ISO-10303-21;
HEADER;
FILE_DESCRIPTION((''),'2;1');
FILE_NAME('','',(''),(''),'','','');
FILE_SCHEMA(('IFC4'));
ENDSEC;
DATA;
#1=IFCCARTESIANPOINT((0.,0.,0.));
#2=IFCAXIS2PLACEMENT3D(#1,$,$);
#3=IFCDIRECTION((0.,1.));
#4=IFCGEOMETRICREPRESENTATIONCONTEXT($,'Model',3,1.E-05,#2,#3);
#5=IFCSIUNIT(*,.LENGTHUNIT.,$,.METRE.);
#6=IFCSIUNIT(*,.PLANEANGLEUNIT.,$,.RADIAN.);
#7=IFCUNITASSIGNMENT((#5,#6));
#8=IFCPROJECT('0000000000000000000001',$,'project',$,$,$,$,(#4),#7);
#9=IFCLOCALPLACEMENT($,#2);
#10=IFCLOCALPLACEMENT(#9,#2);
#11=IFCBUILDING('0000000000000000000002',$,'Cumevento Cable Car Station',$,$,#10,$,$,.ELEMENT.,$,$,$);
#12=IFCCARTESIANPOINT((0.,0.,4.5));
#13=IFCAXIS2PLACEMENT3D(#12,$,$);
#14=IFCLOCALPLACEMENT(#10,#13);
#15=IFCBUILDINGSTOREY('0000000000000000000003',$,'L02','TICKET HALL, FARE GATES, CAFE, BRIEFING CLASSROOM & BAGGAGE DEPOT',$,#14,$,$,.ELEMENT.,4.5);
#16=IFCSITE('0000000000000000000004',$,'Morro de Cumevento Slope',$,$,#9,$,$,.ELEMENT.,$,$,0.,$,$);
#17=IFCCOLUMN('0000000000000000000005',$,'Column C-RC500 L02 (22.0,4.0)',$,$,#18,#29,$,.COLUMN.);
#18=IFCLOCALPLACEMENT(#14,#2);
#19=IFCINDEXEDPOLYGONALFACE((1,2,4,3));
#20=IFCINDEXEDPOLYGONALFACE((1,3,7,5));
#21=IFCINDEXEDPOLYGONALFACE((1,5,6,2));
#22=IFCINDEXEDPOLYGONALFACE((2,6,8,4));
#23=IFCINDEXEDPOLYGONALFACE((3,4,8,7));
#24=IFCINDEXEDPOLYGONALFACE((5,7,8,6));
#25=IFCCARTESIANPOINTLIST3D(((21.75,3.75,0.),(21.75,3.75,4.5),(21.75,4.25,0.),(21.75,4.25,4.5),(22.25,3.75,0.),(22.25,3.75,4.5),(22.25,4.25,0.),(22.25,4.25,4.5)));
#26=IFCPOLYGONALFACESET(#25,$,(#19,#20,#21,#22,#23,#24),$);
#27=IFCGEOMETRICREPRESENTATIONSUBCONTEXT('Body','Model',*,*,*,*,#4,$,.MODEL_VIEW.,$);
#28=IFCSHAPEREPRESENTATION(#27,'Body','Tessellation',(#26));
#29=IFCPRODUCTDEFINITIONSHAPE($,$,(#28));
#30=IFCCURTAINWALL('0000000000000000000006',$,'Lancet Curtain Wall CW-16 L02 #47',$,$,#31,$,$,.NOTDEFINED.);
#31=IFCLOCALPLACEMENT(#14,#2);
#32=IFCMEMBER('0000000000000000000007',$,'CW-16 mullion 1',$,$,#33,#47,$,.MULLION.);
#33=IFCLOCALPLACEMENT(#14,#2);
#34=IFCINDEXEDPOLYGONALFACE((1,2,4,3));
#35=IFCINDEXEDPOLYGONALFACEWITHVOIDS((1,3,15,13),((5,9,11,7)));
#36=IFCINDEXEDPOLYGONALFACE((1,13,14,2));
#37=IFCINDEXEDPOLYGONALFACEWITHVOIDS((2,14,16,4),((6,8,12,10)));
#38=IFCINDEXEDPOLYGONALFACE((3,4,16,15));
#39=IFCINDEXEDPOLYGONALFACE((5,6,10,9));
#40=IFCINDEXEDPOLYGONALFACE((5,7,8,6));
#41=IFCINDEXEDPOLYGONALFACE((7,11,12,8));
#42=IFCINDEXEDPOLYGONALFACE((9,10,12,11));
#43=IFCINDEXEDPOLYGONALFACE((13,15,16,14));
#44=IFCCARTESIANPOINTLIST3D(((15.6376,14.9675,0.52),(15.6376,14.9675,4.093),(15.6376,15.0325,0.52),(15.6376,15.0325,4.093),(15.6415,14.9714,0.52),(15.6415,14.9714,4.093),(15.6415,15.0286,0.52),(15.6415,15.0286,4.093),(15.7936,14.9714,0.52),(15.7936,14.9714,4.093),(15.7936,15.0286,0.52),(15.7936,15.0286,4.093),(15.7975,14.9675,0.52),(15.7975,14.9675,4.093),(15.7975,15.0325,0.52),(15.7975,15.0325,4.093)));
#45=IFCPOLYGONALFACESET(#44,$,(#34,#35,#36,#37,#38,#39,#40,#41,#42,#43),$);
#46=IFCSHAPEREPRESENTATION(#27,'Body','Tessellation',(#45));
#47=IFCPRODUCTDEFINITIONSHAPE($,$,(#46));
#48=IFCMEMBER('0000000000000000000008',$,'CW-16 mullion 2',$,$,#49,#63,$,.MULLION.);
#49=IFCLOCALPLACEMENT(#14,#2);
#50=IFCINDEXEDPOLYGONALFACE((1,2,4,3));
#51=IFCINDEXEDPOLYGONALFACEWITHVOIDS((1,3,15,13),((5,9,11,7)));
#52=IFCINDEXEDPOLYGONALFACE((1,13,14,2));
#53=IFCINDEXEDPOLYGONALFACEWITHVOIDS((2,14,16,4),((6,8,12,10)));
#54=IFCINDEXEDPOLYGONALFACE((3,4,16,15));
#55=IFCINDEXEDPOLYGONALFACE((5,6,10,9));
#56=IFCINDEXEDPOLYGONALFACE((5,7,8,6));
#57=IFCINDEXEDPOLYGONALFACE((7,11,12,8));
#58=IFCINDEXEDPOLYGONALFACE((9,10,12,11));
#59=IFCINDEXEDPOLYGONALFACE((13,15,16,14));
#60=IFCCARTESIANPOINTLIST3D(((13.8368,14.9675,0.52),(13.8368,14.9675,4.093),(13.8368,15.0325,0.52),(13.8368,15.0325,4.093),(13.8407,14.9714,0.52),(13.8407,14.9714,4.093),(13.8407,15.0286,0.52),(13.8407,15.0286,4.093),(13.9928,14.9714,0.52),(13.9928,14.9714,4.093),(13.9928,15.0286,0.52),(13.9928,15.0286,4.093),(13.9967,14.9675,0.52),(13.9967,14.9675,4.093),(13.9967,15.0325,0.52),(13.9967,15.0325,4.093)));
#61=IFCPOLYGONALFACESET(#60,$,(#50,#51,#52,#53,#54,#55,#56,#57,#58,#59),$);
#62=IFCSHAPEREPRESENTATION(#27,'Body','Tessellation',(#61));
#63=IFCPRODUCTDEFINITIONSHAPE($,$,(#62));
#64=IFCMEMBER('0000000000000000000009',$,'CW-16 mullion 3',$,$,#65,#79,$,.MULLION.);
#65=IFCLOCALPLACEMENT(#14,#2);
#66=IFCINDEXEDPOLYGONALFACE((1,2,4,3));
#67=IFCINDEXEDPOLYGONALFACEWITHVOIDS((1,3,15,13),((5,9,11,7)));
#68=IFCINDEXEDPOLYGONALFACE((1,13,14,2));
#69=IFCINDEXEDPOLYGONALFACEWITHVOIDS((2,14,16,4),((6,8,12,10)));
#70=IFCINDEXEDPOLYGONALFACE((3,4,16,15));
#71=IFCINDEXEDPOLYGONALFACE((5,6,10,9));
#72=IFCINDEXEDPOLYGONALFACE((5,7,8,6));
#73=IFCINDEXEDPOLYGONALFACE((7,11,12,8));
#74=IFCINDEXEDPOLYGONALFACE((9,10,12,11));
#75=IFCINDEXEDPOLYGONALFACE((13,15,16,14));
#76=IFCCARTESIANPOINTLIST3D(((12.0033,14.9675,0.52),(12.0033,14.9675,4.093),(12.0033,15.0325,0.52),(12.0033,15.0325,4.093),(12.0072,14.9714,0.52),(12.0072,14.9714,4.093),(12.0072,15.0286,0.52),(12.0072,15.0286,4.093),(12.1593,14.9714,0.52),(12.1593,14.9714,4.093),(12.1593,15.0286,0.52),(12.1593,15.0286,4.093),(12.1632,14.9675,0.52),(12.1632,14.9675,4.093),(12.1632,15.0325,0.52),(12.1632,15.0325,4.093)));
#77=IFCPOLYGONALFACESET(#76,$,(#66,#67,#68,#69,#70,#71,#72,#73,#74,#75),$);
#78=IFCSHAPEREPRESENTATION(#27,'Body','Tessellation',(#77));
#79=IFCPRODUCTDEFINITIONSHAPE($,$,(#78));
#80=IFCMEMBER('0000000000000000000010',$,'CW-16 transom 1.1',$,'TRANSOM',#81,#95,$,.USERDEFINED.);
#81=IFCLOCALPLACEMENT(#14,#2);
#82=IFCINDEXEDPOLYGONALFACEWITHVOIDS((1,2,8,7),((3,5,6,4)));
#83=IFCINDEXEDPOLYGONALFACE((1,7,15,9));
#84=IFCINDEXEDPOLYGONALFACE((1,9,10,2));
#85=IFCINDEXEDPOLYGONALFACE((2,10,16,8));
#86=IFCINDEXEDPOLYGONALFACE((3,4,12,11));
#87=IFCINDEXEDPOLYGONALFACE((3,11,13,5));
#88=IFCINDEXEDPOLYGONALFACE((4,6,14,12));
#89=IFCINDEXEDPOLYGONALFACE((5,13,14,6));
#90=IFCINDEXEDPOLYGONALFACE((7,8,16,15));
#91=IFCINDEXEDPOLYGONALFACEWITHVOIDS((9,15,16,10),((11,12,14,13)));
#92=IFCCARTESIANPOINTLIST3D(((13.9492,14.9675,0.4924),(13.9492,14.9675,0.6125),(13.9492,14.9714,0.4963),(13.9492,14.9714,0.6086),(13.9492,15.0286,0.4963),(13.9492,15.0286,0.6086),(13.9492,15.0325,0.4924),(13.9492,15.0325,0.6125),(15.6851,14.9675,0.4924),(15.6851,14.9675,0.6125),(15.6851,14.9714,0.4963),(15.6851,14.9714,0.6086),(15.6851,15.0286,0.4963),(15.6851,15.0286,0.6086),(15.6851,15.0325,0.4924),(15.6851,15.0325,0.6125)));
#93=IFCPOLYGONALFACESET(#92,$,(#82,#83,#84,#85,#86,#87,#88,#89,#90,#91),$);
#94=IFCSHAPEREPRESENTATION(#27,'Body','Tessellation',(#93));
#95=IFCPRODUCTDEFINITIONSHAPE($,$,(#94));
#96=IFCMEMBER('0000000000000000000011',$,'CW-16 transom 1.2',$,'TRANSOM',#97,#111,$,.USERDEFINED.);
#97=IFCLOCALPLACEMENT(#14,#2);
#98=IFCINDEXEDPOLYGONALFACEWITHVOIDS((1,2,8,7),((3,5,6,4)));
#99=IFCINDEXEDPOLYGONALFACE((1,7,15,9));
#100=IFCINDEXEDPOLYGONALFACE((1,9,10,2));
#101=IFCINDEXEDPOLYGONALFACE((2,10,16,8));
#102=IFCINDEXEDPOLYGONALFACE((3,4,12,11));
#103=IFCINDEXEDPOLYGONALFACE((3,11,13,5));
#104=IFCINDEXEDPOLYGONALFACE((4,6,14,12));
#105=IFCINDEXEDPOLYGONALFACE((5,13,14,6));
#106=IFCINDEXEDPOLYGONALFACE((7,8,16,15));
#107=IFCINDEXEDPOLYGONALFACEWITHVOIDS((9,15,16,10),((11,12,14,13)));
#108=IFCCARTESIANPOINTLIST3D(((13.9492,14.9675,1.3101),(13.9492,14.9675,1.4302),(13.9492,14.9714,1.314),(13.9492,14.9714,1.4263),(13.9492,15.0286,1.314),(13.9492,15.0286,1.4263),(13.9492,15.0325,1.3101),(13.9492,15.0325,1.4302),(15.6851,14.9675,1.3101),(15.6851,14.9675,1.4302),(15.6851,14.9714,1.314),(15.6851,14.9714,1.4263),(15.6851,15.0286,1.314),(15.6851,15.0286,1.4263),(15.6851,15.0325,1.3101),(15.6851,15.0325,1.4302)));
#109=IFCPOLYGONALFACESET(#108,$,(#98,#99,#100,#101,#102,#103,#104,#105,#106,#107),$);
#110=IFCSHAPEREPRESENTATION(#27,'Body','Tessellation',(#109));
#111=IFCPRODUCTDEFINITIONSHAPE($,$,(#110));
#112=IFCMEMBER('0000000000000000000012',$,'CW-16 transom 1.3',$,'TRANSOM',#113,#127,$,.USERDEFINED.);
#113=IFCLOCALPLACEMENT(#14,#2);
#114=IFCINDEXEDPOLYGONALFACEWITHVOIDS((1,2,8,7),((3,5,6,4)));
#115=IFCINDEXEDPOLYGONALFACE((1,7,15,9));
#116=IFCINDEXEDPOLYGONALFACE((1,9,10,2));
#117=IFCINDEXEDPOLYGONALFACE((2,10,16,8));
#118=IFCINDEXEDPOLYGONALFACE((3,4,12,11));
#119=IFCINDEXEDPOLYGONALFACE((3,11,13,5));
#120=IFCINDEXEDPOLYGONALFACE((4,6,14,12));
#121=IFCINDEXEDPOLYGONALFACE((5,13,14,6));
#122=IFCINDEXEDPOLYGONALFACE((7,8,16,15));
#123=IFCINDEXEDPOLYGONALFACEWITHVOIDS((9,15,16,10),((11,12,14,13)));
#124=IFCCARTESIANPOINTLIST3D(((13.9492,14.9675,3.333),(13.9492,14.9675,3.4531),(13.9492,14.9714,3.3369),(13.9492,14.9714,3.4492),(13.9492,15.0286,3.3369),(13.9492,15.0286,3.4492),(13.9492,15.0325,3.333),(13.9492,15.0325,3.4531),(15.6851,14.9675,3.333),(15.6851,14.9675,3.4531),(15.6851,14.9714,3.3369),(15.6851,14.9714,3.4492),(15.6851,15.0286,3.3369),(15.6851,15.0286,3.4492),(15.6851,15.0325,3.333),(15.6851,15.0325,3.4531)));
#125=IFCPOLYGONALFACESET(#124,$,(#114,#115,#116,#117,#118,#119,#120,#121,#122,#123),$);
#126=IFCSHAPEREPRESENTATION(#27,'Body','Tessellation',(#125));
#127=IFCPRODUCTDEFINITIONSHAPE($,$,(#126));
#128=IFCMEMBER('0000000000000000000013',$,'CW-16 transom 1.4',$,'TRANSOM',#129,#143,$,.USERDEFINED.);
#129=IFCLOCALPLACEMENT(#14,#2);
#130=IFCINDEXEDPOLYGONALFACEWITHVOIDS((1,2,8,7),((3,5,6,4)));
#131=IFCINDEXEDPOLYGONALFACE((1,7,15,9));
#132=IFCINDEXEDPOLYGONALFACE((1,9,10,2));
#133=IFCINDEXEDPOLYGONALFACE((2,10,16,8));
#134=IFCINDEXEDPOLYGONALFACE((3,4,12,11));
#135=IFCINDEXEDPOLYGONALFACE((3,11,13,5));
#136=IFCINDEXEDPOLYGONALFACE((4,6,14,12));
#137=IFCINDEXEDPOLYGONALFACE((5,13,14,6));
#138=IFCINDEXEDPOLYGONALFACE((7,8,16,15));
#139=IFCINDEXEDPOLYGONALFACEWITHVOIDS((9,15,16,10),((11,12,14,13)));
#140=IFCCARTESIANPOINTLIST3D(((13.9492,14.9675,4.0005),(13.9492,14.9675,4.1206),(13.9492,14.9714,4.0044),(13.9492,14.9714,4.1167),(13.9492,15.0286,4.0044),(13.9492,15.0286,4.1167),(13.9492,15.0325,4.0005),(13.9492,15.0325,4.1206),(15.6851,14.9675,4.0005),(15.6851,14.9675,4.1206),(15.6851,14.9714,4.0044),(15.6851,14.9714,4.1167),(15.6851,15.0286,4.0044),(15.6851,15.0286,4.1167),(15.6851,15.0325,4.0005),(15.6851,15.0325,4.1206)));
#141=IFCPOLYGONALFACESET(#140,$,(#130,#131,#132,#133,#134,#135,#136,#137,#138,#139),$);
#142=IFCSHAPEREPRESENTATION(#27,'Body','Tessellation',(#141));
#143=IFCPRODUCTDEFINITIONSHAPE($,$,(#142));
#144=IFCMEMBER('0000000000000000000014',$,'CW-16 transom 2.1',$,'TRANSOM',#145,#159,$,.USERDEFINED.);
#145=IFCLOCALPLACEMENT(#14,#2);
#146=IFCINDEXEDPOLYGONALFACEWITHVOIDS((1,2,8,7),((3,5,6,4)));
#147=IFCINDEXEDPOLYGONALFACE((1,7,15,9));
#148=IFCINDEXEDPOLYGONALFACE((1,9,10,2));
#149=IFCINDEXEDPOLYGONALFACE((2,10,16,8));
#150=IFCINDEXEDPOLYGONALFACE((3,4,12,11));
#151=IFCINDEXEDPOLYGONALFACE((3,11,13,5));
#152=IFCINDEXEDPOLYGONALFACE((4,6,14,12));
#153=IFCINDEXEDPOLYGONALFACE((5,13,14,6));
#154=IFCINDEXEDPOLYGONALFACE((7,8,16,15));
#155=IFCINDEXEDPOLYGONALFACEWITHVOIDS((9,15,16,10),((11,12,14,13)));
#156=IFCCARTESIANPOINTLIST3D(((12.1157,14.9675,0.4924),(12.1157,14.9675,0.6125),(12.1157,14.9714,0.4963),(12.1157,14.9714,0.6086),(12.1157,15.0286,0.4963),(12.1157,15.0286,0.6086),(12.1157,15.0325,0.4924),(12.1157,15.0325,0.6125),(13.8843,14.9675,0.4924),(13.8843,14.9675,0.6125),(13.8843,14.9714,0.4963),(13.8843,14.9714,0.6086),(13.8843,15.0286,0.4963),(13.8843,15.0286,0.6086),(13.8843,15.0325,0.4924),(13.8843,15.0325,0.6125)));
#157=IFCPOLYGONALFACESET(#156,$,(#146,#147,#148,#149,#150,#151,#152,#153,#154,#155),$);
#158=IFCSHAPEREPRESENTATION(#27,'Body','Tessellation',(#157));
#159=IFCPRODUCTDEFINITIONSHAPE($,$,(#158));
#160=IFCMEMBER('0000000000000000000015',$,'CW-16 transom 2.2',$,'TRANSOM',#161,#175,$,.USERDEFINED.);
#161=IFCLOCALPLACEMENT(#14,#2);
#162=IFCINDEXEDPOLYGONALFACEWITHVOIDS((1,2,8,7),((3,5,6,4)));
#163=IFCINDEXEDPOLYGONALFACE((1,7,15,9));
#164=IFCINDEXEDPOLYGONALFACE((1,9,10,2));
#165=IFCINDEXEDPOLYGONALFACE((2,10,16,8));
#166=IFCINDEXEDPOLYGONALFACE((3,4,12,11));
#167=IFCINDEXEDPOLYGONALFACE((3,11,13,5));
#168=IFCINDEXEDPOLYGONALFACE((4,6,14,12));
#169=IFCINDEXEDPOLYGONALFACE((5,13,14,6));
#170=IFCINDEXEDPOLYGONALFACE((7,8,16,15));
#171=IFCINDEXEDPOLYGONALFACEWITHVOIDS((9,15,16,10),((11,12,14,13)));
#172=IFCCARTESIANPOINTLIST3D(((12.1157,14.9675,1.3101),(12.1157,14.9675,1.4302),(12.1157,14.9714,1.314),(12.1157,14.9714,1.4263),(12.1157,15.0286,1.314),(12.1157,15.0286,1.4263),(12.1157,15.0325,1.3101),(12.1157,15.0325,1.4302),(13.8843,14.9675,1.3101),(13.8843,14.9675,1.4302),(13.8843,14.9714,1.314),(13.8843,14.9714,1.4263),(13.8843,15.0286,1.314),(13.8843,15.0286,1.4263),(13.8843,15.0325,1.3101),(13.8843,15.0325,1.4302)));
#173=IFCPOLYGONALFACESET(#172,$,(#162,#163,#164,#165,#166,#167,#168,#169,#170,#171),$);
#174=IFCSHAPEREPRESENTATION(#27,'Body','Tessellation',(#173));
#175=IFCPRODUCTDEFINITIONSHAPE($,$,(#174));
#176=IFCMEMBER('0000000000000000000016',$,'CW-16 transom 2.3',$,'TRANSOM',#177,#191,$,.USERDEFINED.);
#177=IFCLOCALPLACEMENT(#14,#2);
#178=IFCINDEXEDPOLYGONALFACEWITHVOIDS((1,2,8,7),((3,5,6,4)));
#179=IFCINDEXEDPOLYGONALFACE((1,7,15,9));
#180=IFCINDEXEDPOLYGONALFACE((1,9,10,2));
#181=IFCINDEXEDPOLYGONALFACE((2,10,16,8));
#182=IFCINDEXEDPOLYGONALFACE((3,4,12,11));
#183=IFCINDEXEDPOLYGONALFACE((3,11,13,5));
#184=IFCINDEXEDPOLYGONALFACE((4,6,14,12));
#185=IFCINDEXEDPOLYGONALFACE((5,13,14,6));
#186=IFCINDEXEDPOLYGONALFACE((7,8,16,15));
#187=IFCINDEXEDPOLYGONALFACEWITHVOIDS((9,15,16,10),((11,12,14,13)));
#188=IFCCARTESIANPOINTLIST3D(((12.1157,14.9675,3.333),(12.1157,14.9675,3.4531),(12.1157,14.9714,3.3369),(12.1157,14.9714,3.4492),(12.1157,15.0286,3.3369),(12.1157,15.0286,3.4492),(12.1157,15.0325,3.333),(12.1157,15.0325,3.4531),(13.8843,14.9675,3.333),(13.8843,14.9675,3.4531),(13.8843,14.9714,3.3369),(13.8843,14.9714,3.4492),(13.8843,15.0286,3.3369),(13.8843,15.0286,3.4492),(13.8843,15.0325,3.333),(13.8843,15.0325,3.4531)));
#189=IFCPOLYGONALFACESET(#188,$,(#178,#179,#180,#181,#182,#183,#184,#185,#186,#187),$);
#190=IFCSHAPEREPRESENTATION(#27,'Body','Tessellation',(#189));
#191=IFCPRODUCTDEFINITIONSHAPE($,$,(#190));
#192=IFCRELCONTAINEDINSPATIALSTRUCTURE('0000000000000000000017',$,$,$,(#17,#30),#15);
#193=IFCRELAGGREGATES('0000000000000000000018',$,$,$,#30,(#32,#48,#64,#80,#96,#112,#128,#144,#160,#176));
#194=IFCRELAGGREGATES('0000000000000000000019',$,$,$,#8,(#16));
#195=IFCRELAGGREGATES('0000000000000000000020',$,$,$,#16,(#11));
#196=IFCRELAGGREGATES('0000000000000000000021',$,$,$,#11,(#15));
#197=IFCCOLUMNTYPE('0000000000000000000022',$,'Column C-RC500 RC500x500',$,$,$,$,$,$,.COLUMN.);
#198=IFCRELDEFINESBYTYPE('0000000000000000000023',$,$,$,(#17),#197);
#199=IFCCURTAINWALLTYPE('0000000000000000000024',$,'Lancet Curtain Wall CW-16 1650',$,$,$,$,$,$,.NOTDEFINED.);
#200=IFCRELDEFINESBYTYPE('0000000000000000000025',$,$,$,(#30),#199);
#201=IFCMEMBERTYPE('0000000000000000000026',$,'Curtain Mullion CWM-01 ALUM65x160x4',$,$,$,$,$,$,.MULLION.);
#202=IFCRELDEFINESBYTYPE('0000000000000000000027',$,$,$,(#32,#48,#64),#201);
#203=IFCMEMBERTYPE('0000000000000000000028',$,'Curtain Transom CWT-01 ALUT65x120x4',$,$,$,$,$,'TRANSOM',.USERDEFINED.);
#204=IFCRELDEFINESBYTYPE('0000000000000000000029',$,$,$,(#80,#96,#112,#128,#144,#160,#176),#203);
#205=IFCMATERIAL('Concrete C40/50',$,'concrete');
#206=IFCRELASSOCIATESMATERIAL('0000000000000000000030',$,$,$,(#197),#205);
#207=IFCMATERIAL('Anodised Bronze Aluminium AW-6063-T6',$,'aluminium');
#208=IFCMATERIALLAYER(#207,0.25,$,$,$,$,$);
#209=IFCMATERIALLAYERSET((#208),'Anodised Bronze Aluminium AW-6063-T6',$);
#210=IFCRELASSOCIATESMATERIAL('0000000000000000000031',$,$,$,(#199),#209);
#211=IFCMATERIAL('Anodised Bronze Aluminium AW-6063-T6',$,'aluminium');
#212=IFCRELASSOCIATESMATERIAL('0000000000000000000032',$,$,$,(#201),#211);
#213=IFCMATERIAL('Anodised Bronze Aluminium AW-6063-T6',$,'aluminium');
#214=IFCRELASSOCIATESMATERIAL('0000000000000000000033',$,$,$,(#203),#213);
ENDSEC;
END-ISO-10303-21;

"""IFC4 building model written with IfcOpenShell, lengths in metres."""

from ifc_helpers import new_model, si_unit, direction, frame, origin, origin_2d, place, context, subcontext, project, spatial, rectangle, hollow_rectangle, extrude, material, layer, layer_set, material_profile, profile_set, type_object, element, aggregate, save


model = new_model("IFC4")

# Units and contexts
model_context = context("Model", 3, precision=1e-05, world=origin(), true_north=direction((0.0, 1.0)))
body_context = subcontext(model_context, "Body", "Model", "MODEL_VIEW")
ifc_project = project(units=[si_unit("LENGTHUNIT", "METRE"), si_unit("PLANEANGLEUNIT", "RADIAN")], contexts=[model_context])

# Site, building, storey
site_placement = place(None, origin())
site = spatial("IfcSite", under=ifc_project, at=site_placement, Name="Morro de Cumevento Slope", CompositionType="ELEMENT", RefElevation=0.0)
building_placement = place(site_placement, origin())
building = spatial("IfcBuilding", under=site, at=building_placement, Name="Cumevento Cable Car Station", CompositionType="ELEMENT")
storey_placement = place(building_placement, frame((0.0, 0.0, 4.5)))
storey = spatial("IfcBuildingStorey", under=building, at=storey_placement, Name="L02", Description="TICKET HALL, FARE GATES, CAFE, BRIEFING CLASSROOM & BAGGAGE DEPOT", CompositionType="ELEMENT", Elevation=4.5)

# Column
ifc_material_1 = material(Name="Concrete C40/50", Category="concrete")
ifc_material_profile_1 = material_profile(ifc_material_1, rectangle(XDim=0.5, YDim=0.5, at=origin_2d()), Name="RC500x500")
ifc_profile_set_1 = profile_set([ifc_material_profile_1], Name="Concrete C40/50")
column_type = type_object("IfcColumnType", Name="Column C-RC500 RC500x500", PredefinedType="COLUMN", material=ifc_profile_set_1)
column_placement = place(storey_placement, frame((22.0, 4.0, 0.0), z_axis=(0.0, 0.0, 1.0), x_axis=(1.0, 0.0, 0.0)))
element("IfcColumn", 1, at=column_placement, inside=storey, type_object=column_type, Name="Column C-RC500 L02 (22.0,4.0)", PredefinedType="COLUMN", context=body_context, shape_type="SweptSolid", body=[
    extrude(rectangle(XDim=0.5, YDim=0.5, at=origin_2d()), origin(), (0.0, 0.0, 1.0), 4.5),
])

# Curtain wall, members
ifc_material_2 = material(Name="Anodised Bronze Aluminium AW-6063-T6", Category="aluminium")
ifc_layer_1 = layer(ifc_material_2, 0.25)
ifc_layer_set_1 = layer_set([ifc_layer_1], Name="Anodised Bronze Aluminium AW-6063-T6")
curtain_wall_type = type_object("IfcCurtainWallType", Name="Lancet Curtain Wall CW-16 1650", PredefinedType="NOTDEFINED", material=ifc_layer_set_1)
curtain_wall_placement = place(storey_placement, origin())
curtain_wall = element("IfcCurtainWall", 2, at=curtain_wall_placement, inside=storey, type_object=curtain_wall_type, Name="Lancet Curtain Wall CW-16 L02 #47", PredefinedType="NOTDEFINED")
ifc_material_3 = material(Name="Anodised Bronze Aluminium AW-6063-T6", Category="aluminium")
ifc_material_profile_2 = material_profile(ifc_material_3, hollow_rectangle(XDim=0.0649, YDim=0.1599, WallThickness=0.0039, at=origin_2d()), Name="ALUM65x160x4")
ifc_profile_set_2 = profile_set([ifc_material_profile_2], Name="Anodised Bronze Aluminium AW-6063-T6")
member_type_1 = type_object("IfcMemberType", Name="Curtain Mullion CWM-01 ALUM65x160x4", PredefinedType="MULLION", material=ifc_profile_set_2)
member_1_placement = place(storey_placement, frame((15.7175, 15.0, 0.52), z_axis=(0.0, 0.0, 1.0), x_axis=(0.0, -1.0, 0.0)))
member_1 = element("IfcMember", 3, at=member_1_placement, type_object=member_type_1, Name="CW-16 mullion 1", PredefinedType="MULLION", context=body_context, shape_type="SweptSolid", body=[
    extrude(hollow_rectangle(XDim=0.0649, YDim=0.1599, WallThickness=0.0039, at=origin_2d()), origin(), (0.0, 0.0, 1.0), 3.573),
])
member_2_placement = place(storey_placement, frame((13.9167, 15.0, 0.52), z_axis=(0.0, 0.0, 1.0), x_axis=(0.0, -1.0, 0.0)))
member_2 = element("IfcMember", 4, at=member_2_placement, type_object=member_type_1, Name="CW-16 mullion 2", PredefinedType="MULLION", context=body_context, shape_type="SweptSolid", body=[
    extrude(hollow_rectangle(XDim=0.0649, YDim=0.1599, WallThickness=0.0039, at=origin_2d()), origin(), (0.0, 0.0, 1.0), 3.573),
])
member_3_placement = place(storey_placement, frame((12.0833, 15.0, 0.52), z_axis=(0.0, 0.0, 1.0), x_axis=(0.0, -1.0, 0.0)))
member_3 = element("IfcMember", 5, at=member_3_placement, type_object=member_type_1, Name="CW-16 mullion 3", PredefinedType="MULLION", context=body_context, shape_type="SweptSolid", body=[
    extrude(hollow_rectangle(XDim=0.0649, YDim=0.1599, WallThickness=0.0039, at=origin_2d()), origin(), (0.0, 0.0, 1.0), 3.573),
])
ifc_material_4 = material(Name="Anodised Bronze Aluminium AW-6063-T6", Category="aluminium")
ifc_material_profile_3 = material_profile(ifc_material_4, hollow_rectangle(XDim=0.0649, YDim=0.1201, WallThickness=0.0039, at=origin_2d()), Name="ALUT65x120x4")
ifc_profile_set_3 = profile_set([ifc_material_profile_3], Name="Anodised Bronze Aluminium AW-6063-T6")
member_type_2 = type_object("IfcMemberType", Name="Curtain Transom CWT-01 ALUT65x120x4", ElementType="TRANSOM", PredefinedType="USERDEFINED", material=ifc_profile_set_3)
member_4_placement = place(storey_placement, frame((15.6851, 15.0, 0.5525), z_axis=(-1.0, 0.0, 0.0), x_axis=(0.0, -1.0, 0.0)))
member_4 = element("IfcMember", 6, at=member_4_placement, type_object=member_type_2, Name="CW-16 transom 1.1", ObjectType="TRANSOM", PredefinedType="USERDEFINED", context=body_context, shape_type="SweptSolid", body=[
    extrude(hollow_rectangle(XDim=0.0649, YDim=0.1201, WallThickness=0.0039, at=origin_2d()), origin(), (0.0, 0.0, 1.0), 1.7358),
])
member_5_placement = place(storey_placement, frame((15.6851, 15.0, 1.3701), z_axis=(-1.0, 0.0, 0.0), x_axis=(0.0, -1.0, 0.0)))
member_5 = element("IfcMember", 7, at=member_5_placement, type_object=member_type_2, Name="CW-16 transom 1.2", ObjectType="TRANSOM", PredefinedType="USERDEFINED", context=body_context, shape_type="SweptSolid", body=[
    extrude(hollow_rectangle(XDim=0.0649, YDim=0.1201, WallThickness=0.0039, at=origin_2d()), origin(), (0.0, 0.0, 1.0), 1.7358),
])
member_6_placement = place(storey_placement, frame((15.6851, 15.0, 3.3931), z_axis=(-1.0, 0.0, 0.0), x_axis=(0.0, -1.0, 0.0)))
member_6 = element("IfcMember", 8, at=member_6_placement, type_object=member_type_2, Name="CW-16 transom 1.3", ObjectType="TRANSOM", PredefinedType="USERDEFINED", context=body_context, shape_type="SweptSolid", body=[
    extrude(hollow_rectangle(XDim=0.0649, YDim=0.1201, WallThickness=0.0039, at=origin_2d()), origin(), (0.0, 0.0, 1.0), 1.7358),
])
member_7_placement = place(storey_placement, frame((15.6851, 15.0, 4.0605), z_axis=(-1.0, 0.0, 0.0), x_axis=(0.0, -1.0, 0.0)))
member_7 = element("IfcMember", 9, at=member_7_placement, type_object=member_type_2, Name="CW-16 transom 1.4", ObjectType="TRANSOM", PredefinedType="USERDEFINED", context=body_context, shape_type="SweptSolid", body=[
    extrude(hollow_rectangle(XDim=0.0649, YDim=0.1201, WallThickness=0.0039, at=origin_2d()), origin(), (0.0, 0.0, 1.0), 1.7358),
])
member_8_placement = place(storey_placement, frame((13.8843, 15.0, 0.5525), z_axis=(-1.0, 0.0, 0.0), x_axis=(0.0, -1.0, 0.0)))
member_8 = element("IfcMember", 10, at=member_8_placement, type_object=member_type_2, Name="CW-16 transom 2.1", ObjectType="TRANSOM", PredefinedType="USERDEFINED", context=body_context, shape_type="SweptSolid", body=[
    extrude(hollow_rectangle(XDim=0.0649, YDim=0.1201, WallThickness=0.0039, at=origin_2d()), origin(), (0.0, 0.0, 1.0), 1.7686),
])
member_9_placement = place(storey_placement, frame((13.8843, 15.0, 1.3701), z_axis=(-1.0, 0.0, 0.0), x_axis=(0.0, -1.0, 0.0)))
member_9 = element("IfcMember", 11, at=member_9_placement, type_object=member_type_2, Name="CW-16 transom 2.2", ObjectType="TRANSOM", PredefinedType="USERDEFINED", context=body_context, shape_type="SweptSolid", body=[
    extrude(hollow_rectangle(XDim=0.0649, YDim=0.1201, WallThickness=0.0039, at=origin_2d()), origin(), (0.0, 0.0, 1.0), 1.7686),
])
member_10_placement = place(storey_placement, frame((13.8843, 15.0, 3.3931), z_axis=(-1.0, 0.0, 0.0), x_axis=(0.0, -1.0, 0.0)))
member_10 = element("IfcMember", 12, at=member_10_placement, type_object=member_type_2, Name="CW-16 transom 2.3", ObjectType="TRANSOM", PredefinedType="USERDEFINED", context=body_context, shape_type="SweptSolid", body=[
    extrude(hollow_rectangle(XDim=0.0649, YDim=0.1201, WallThickness=0.0039, at=origin_2d()), origin(), (0.0, 0.0, 1.0), 1.7686),
])

aggregate(curtain_wall, [member_1, member_2, member_3, member_4, member_5, member_6, member_7, member_8, member_9, member_10])

save(model, "model.ifc")
